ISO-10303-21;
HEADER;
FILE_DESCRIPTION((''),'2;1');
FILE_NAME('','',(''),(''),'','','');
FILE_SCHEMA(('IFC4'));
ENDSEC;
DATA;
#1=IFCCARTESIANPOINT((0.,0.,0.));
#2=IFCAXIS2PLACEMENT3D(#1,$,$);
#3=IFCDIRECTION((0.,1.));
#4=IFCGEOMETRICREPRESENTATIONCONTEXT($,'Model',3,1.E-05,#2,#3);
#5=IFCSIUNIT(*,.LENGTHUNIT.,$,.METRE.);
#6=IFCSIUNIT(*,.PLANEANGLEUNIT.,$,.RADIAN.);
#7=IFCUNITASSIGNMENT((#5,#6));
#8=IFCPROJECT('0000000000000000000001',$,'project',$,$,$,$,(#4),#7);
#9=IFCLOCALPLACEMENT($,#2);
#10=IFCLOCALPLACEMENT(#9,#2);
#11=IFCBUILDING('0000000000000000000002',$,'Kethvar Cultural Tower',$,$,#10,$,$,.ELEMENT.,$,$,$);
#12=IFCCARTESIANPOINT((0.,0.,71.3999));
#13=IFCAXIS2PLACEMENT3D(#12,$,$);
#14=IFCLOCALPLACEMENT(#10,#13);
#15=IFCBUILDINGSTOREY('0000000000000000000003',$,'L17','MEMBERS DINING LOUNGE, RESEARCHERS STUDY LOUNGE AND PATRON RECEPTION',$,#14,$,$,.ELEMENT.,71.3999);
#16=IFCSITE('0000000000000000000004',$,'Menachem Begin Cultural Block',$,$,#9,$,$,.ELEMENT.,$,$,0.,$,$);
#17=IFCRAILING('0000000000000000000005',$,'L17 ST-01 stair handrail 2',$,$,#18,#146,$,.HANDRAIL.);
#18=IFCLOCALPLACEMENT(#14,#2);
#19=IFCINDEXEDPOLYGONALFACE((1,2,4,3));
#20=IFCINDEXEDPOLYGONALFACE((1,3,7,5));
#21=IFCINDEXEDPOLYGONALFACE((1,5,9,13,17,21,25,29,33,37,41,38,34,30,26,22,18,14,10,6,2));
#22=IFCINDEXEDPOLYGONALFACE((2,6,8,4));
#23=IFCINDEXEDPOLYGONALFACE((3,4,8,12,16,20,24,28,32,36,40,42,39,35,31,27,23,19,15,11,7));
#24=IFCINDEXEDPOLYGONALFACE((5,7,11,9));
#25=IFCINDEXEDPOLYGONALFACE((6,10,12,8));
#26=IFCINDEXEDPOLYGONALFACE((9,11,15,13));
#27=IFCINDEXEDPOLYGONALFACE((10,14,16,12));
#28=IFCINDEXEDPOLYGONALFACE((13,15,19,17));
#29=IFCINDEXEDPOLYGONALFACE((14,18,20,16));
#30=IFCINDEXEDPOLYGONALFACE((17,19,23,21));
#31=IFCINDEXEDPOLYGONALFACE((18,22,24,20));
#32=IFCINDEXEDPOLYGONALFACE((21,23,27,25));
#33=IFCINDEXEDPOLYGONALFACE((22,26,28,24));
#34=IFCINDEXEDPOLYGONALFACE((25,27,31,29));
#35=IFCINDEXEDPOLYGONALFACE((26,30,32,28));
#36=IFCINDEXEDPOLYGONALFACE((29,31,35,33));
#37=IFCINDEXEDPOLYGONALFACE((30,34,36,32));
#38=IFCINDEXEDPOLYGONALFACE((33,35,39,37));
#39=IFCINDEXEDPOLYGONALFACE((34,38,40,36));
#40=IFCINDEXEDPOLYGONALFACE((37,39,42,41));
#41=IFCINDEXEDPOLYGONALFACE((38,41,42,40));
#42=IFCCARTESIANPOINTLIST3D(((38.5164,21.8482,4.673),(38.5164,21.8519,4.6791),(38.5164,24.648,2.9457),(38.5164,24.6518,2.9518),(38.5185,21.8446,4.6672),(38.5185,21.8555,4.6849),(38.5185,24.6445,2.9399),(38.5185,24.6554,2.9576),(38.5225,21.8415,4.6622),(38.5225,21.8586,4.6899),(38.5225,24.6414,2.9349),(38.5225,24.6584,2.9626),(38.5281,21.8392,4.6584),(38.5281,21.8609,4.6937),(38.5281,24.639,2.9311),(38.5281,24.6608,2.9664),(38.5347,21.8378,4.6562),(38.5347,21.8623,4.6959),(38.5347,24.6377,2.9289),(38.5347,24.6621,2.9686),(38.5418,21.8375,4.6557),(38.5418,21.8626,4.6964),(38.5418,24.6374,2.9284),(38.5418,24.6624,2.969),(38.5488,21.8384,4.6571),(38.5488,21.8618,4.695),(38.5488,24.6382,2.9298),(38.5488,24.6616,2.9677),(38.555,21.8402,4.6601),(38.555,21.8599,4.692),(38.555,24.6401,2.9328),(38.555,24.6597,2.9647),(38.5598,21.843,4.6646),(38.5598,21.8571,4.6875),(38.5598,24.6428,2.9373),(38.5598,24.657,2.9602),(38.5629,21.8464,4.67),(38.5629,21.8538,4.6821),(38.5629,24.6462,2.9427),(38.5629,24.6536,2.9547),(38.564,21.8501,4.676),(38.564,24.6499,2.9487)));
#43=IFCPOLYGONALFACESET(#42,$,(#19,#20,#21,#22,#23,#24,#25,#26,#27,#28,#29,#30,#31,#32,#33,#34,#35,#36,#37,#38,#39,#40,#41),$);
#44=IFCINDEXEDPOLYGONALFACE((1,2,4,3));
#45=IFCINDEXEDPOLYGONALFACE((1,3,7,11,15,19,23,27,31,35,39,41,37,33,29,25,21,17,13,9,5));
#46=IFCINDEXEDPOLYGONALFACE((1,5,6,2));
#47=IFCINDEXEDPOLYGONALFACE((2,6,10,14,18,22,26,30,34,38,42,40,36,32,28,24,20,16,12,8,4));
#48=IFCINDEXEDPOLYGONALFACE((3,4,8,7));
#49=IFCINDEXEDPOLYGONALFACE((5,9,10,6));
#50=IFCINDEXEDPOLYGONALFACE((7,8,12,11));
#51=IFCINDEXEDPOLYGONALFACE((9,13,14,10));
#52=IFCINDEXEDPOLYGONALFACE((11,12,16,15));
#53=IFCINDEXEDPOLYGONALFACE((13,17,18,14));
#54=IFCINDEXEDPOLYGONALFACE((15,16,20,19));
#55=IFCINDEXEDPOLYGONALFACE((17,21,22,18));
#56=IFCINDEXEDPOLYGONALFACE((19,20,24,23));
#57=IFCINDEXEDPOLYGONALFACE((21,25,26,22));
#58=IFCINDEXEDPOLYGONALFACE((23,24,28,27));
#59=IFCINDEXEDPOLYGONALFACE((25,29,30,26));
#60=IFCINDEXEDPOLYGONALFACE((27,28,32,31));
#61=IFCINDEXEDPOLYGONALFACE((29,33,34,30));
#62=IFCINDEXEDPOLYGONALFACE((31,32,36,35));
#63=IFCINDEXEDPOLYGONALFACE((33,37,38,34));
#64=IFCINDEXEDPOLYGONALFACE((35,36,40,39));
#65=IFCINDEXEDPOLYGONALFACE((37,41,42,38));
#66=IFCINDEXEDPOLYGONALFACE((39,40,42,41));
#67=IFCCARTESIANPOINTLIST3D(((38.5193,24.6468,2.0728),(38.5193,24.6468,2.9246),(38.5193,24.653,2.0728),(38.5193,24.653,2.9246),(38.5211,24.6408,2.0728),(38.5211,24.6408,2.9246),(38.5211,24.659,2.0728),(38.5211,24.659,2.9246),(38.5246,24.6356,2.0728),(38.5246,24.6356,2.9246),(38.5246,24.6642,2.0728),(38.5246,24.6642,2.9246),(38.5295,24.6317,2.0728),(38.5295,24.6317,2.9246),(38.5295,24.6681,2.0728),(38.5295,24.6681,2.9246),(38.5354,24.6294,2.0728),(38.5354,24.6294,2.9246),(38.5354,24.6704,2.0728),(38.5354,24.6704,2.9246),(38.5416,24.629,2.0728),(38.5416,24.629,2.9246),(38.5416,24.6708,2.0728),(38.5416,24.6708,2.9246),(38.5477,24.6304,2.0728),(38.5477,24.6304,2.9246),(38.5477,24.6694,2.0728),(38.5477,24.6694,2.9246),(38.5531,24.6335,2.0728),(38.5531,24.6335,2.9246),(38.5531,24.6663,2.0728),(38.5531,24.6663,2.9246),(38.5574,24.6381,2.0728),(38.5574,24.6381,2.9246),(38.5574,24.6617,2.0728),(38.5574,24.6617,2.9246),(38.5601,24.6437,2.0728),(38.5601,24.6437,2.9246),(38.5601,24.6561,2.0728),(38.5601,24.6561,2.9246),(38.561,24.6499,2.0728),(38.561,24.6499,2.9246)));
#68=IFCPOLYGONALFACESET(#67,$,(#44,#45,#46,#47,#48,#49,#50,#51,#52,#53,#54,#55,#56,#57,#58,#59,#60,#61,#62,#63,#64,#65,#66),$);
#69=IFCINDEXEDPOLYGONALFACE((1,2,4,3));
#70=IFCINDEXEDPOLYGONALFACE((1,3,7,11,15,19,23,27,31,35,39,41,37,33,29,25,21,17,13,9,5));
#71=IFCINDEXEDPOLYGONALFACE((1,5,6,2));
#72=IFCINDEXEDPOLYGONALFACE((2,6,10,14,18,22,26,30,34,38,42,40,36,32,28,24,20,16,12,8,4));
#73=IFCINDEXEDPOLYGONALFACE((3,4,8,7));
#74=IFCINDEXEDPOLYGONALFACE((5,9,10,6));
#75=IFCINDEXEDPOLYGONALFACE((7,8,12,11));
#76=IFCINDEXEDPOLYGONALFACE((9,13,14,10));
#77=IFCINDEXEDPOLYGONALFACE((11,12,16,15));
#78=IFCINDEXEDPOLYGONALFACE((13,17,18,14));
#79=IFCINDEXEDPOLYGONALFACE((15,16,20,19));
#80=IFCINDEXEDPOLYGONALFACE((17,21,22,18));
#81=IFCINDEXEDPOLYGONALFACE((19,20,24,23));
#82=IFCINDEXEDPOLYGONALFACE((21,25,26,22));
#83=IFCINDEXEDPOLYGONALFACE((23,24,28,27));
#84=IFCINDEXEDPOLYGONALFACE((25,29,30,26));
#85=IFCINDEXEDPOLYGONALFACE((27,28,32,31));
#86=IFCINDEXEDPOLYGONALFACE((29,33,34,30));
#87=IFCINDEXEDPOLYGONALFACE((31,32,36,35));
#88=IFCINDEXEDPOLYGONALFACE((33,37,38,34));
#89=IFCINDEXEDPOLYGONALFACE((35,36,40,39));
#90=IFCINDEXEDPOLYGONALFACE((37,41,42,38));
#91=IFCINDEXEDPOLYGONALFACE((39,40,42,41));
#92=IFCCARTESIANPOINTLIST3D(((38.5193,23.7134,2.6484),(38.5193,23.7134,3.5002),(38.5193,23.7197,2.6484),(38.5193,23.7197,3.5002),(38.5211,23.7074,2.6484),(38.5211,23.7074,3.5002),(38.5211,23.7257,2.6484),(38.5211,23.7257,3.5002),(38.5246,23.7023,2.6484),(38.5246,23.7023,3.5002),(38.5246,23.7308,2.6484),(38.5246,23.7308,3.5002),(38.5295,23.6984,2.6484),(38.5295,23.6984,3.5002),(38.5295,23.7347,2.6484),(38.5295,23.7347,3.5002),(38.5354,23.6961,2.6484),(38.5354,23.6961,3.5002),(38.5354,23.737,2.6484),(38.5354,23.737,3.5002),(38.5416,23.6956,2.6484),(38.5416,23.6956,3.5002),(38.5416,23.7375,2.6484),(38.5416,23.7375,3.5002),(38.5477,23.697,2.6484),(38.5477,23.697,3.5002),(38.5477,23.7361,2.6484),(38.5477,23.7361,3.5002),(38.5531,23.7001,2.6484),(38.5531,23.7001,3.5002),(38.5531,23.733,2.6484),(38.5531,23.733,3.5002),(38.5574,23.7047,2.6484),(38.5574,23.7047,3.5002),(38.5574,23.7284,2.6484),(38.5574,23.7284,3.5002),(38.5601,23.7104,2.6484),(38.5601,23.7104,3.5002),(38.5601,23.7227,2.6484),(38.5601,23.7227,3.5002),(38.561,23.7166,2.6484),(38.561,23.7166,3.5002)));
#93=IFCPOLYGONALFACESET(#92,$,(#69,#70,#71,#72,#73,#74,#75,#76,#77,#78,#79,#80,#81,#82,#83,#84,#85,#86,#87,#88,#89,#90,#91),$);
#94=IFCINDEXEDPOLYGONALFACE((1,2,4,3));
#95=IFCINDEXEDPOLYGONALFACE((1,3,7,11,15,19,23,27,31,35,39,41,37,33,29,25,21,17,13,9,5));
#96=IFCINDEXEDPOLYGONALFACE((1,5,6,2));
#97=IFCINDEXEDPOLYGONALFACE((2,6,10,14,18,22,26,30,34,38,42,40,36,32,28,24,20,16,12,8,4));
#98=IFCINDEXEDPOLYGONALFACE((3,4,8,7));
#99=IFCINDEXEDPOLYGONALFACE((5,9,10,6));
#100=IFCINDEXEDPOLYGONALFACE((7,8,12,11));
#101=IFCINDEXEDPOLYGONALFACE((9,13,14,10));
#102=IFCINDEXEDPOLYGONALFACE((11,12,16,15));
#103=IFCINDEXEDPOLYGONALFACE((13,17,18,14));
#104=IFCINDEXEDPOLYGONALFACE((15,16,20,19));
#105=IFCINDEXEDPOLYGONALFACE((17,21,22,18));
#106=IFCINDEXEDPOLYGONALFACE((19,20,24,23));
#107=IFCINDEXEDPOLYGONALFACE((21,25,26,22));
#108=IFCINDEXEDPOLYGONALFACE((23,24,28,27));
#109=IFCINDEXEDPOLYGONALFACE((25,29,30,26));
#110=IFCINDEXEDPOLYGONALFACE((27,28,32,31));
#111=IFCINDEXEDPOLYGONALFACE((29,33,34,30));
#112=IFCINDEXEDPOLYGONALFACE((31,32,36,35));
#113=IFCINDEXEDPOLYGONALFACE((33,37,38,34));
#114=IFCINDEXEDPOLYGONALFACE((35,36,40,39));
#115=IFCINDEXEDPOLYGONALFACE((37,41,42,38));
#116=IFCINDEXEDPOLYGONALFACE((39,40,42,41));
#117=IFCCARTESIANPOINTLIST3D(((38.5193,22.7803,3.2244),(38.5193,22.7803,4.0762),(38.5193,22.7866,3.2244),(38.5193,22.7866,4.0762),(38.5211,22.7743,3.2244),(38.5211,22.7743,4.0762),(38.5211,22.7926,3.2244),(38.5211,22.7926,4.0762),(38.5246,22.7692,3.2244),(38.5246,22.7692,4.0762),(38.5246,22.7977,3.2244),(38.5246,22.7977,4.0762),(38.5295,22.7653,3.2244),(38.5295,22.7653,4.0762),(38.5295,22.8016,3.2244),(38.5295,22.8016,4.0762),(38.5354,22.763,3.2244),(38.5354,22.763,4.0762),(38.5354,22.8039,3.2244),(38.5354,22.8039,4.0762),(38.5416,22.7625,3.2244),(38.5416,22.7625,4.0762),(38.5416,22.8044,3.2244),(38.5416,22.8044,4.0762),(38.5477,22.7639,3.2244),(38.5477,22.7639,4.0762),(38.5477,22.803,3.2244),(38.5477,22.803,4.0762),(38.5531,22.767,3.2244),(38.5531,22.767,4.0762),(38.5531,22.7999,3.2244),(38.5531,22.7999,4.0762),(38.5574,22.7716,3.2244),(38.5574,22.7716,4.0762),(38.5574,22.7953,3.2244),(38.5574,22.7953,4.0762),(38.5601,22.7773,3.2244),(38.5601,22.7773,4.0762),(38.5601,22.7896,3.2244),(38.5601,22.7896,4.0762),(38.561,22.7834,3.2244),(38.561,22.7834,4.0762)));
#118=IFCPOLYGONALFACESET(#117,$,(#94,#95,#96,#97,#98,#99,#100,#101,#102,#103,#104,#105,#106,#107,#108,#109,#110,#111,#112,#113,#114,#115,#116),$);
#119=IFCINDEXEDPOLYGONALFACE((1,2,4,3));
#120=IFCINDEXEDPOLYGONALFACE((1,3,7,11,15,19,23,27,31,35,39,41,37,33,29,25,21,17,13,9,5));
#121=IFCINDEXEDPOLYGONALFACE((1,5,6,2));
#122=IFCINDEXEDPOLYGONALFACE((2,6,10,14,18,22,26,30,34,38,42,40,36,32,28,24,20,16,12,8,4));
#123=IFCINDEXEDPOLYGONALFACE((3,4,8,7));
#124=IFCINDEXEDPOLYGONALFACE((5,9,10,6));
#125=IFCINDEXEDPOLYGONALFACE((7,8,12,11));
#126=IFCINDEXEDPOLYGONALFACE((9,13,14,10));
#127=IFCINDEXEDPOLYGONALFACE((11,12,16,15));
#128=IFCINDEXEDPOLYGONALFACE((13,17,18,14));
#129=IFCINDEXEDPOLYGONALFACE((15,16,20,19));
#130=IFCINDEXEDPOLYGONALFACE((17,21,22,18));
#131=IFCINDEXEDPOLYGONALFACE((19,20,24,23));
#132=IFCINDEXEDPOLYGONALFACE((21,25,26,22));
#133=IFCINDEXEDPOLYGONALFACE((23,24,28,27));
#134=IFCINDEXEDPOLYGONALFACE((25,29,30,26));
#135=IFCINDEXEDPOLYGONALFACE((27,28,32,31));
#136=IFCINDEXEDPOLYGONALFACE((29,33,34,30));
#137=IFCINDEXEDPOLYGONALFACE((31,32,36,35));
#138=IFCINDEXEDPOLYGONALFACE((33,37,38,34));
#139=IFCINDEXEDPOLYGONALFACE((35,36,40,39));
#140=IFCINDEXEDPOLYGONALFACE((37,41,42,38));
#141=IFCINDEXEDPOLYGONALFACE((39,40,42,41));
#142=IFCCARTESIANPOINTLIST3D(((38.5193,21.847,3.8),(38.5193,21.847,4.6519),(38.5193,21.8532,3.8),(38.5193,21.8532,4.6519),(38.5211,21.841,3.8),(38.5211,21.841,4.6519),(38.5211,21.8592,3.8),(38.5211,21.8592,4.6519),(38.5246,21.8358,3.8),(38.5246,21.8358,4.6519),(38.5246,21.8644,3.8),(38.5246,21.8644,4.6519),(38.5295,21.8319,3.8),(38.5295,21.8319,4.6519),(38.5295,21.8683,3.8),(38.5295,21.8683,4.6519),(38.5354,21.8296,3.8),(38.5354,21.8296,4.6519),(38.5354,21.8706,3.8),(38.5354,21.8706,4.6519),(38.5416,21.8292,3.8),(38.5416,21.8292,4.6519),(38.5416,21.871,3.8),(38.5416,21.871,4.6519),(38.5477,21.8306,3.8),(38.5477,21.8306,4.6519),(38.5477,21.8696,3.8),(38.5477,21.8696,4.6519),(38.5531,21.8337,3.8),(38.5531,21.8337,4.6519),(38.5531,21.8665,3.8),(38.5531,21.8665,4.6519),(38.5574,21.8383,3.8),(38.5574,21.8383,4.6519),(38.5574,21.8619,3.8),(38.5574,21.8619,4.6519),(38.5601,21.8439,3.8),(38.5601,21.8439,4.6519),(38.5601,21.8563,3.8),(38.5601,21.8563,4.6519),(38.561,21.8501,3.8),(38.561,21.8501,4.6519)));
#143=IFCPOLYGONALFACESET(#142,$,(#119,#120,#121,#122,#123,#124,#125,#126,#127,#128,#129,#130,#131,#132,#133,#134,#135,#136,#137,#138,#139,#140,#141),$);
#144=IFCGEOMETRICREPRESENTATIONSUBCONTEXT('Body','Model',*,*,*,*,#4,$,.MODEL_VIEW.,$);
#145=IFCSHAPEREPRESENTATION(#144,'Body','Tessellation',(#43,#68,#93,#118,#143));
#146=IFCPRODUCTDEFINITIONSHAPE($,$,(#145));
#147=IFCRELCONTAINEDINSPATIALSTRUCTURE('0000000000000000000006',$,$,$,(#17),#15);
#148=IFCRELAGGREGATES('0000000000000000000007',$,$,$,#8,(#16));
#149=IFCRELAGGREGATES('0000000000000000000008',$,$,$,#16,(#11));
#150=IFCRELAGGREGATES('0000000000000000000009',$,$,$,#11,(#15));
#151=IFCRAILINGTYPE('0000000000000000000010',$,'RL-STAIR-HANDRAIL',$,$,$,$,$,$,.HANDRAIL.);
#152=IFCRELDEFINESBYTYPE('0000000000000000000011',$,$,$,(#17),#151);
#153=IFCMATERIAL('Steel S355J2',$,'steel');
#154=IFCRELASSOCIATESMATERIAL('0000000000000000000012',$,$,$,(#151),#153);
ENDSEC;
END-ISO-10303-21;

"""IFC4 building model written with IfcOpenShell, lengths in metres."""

from ifc_helpers import new_model, si_unit, direction, frame, origin, origin_2d, place, context, subcontext, project, spatial, circle, extrude, material, type_object, element, save


model = new_model("IFC4")

# Units and contexts
model_context = context("Model", 3, precision=1e-05, world=origin(), true_north=direction((0.0, 1.0)))
body_context = subcontext(model_context, "Body", "Model", "MODEL_VIEW")
ifc_project = project(units=[si_unit("LENGTHUNIT", "METRE"), si_unit("PLANEANGLEUNIT", "RADIAN")], contexts=[model_context])

# Site, building, storey
site_placement = place(None, origin())
site = spatial("IfcSite", under=ifc_project, at=site_placement, Name="Menachem Begin Cultural Block", CompositionType="ELEMENT", RefElevation=0.0)
building_placement = place(site_placement, origin())
building = spatial("IfcBuilding", under=site, at=building_placement, Name="Kethvar Cultural Tower", CompositionType="ELEMENT")
storey_placement = place(building_placement, frame((0.0, 0.0, 71.3999)))
storey = spatial("IfcBuildingStorey", under=building, at=storey_placement, Name="L17", Description="MEMBERS DINING LOUNGE, RESEARCHERS STUDY LOUNGE AND PATRON RECEPTION", CompositionType="ELEMENT", Elevation=71.3999)

# Shared definitions
ifc_material_1 = material(Name="Steel S355J2", Category="steel")

# Railing
railing_type_1 = type_object("IfcRailingType", Name="RL-STAIR-HANDRAIL", PredefinedType="HANDRAIL", material=ifc_material_1)
railing_1_placement = place(storey_placement, frame((38.54, 24.6499, 2.0728)))
element("IfcRailing", 1, at=railing_1_placement, inside=storey, type_object=railing_type_1, Name="L17 ST-01 stair handrail 2", PredefinedType="HANDRAIL", context=body_context, shape_type="SweptSolid", body=[
    extrude(circle(Radius=0.0239, at=origin_2d()), frame((0.0, 0.0, 0.876), z_axis=(0.0, -0.851069, 0.525054), x_axis=(1.0, 0.0, 0.0)), (0.0, 0.0, 1.0), 3.2898),
    extrude(circle(Radius=0.021, at=origin_2d()), origin(), (0.0, 0.0, 1.0), 0.8518),
    extrude(circle(Radius=0.021, at=origin_2d()), frame((0.0, -0.9333, 0.5757)), (0.0, 0.0, 1.0), 0.8518),
    extrude(circle(Radius=0.021, at=origin_2d()), frame((0.0, -1.8665, 1.1516)), (0.0, 0.0, 1.0), 0.8518),
    extrude(circle(Radius=0.021, at=origin_2d()), frame((0.0, -2.7998, 1.7273)), (0.0, 0.0, 1.0), 0.8518),
])

save(model, "model.ifc")
